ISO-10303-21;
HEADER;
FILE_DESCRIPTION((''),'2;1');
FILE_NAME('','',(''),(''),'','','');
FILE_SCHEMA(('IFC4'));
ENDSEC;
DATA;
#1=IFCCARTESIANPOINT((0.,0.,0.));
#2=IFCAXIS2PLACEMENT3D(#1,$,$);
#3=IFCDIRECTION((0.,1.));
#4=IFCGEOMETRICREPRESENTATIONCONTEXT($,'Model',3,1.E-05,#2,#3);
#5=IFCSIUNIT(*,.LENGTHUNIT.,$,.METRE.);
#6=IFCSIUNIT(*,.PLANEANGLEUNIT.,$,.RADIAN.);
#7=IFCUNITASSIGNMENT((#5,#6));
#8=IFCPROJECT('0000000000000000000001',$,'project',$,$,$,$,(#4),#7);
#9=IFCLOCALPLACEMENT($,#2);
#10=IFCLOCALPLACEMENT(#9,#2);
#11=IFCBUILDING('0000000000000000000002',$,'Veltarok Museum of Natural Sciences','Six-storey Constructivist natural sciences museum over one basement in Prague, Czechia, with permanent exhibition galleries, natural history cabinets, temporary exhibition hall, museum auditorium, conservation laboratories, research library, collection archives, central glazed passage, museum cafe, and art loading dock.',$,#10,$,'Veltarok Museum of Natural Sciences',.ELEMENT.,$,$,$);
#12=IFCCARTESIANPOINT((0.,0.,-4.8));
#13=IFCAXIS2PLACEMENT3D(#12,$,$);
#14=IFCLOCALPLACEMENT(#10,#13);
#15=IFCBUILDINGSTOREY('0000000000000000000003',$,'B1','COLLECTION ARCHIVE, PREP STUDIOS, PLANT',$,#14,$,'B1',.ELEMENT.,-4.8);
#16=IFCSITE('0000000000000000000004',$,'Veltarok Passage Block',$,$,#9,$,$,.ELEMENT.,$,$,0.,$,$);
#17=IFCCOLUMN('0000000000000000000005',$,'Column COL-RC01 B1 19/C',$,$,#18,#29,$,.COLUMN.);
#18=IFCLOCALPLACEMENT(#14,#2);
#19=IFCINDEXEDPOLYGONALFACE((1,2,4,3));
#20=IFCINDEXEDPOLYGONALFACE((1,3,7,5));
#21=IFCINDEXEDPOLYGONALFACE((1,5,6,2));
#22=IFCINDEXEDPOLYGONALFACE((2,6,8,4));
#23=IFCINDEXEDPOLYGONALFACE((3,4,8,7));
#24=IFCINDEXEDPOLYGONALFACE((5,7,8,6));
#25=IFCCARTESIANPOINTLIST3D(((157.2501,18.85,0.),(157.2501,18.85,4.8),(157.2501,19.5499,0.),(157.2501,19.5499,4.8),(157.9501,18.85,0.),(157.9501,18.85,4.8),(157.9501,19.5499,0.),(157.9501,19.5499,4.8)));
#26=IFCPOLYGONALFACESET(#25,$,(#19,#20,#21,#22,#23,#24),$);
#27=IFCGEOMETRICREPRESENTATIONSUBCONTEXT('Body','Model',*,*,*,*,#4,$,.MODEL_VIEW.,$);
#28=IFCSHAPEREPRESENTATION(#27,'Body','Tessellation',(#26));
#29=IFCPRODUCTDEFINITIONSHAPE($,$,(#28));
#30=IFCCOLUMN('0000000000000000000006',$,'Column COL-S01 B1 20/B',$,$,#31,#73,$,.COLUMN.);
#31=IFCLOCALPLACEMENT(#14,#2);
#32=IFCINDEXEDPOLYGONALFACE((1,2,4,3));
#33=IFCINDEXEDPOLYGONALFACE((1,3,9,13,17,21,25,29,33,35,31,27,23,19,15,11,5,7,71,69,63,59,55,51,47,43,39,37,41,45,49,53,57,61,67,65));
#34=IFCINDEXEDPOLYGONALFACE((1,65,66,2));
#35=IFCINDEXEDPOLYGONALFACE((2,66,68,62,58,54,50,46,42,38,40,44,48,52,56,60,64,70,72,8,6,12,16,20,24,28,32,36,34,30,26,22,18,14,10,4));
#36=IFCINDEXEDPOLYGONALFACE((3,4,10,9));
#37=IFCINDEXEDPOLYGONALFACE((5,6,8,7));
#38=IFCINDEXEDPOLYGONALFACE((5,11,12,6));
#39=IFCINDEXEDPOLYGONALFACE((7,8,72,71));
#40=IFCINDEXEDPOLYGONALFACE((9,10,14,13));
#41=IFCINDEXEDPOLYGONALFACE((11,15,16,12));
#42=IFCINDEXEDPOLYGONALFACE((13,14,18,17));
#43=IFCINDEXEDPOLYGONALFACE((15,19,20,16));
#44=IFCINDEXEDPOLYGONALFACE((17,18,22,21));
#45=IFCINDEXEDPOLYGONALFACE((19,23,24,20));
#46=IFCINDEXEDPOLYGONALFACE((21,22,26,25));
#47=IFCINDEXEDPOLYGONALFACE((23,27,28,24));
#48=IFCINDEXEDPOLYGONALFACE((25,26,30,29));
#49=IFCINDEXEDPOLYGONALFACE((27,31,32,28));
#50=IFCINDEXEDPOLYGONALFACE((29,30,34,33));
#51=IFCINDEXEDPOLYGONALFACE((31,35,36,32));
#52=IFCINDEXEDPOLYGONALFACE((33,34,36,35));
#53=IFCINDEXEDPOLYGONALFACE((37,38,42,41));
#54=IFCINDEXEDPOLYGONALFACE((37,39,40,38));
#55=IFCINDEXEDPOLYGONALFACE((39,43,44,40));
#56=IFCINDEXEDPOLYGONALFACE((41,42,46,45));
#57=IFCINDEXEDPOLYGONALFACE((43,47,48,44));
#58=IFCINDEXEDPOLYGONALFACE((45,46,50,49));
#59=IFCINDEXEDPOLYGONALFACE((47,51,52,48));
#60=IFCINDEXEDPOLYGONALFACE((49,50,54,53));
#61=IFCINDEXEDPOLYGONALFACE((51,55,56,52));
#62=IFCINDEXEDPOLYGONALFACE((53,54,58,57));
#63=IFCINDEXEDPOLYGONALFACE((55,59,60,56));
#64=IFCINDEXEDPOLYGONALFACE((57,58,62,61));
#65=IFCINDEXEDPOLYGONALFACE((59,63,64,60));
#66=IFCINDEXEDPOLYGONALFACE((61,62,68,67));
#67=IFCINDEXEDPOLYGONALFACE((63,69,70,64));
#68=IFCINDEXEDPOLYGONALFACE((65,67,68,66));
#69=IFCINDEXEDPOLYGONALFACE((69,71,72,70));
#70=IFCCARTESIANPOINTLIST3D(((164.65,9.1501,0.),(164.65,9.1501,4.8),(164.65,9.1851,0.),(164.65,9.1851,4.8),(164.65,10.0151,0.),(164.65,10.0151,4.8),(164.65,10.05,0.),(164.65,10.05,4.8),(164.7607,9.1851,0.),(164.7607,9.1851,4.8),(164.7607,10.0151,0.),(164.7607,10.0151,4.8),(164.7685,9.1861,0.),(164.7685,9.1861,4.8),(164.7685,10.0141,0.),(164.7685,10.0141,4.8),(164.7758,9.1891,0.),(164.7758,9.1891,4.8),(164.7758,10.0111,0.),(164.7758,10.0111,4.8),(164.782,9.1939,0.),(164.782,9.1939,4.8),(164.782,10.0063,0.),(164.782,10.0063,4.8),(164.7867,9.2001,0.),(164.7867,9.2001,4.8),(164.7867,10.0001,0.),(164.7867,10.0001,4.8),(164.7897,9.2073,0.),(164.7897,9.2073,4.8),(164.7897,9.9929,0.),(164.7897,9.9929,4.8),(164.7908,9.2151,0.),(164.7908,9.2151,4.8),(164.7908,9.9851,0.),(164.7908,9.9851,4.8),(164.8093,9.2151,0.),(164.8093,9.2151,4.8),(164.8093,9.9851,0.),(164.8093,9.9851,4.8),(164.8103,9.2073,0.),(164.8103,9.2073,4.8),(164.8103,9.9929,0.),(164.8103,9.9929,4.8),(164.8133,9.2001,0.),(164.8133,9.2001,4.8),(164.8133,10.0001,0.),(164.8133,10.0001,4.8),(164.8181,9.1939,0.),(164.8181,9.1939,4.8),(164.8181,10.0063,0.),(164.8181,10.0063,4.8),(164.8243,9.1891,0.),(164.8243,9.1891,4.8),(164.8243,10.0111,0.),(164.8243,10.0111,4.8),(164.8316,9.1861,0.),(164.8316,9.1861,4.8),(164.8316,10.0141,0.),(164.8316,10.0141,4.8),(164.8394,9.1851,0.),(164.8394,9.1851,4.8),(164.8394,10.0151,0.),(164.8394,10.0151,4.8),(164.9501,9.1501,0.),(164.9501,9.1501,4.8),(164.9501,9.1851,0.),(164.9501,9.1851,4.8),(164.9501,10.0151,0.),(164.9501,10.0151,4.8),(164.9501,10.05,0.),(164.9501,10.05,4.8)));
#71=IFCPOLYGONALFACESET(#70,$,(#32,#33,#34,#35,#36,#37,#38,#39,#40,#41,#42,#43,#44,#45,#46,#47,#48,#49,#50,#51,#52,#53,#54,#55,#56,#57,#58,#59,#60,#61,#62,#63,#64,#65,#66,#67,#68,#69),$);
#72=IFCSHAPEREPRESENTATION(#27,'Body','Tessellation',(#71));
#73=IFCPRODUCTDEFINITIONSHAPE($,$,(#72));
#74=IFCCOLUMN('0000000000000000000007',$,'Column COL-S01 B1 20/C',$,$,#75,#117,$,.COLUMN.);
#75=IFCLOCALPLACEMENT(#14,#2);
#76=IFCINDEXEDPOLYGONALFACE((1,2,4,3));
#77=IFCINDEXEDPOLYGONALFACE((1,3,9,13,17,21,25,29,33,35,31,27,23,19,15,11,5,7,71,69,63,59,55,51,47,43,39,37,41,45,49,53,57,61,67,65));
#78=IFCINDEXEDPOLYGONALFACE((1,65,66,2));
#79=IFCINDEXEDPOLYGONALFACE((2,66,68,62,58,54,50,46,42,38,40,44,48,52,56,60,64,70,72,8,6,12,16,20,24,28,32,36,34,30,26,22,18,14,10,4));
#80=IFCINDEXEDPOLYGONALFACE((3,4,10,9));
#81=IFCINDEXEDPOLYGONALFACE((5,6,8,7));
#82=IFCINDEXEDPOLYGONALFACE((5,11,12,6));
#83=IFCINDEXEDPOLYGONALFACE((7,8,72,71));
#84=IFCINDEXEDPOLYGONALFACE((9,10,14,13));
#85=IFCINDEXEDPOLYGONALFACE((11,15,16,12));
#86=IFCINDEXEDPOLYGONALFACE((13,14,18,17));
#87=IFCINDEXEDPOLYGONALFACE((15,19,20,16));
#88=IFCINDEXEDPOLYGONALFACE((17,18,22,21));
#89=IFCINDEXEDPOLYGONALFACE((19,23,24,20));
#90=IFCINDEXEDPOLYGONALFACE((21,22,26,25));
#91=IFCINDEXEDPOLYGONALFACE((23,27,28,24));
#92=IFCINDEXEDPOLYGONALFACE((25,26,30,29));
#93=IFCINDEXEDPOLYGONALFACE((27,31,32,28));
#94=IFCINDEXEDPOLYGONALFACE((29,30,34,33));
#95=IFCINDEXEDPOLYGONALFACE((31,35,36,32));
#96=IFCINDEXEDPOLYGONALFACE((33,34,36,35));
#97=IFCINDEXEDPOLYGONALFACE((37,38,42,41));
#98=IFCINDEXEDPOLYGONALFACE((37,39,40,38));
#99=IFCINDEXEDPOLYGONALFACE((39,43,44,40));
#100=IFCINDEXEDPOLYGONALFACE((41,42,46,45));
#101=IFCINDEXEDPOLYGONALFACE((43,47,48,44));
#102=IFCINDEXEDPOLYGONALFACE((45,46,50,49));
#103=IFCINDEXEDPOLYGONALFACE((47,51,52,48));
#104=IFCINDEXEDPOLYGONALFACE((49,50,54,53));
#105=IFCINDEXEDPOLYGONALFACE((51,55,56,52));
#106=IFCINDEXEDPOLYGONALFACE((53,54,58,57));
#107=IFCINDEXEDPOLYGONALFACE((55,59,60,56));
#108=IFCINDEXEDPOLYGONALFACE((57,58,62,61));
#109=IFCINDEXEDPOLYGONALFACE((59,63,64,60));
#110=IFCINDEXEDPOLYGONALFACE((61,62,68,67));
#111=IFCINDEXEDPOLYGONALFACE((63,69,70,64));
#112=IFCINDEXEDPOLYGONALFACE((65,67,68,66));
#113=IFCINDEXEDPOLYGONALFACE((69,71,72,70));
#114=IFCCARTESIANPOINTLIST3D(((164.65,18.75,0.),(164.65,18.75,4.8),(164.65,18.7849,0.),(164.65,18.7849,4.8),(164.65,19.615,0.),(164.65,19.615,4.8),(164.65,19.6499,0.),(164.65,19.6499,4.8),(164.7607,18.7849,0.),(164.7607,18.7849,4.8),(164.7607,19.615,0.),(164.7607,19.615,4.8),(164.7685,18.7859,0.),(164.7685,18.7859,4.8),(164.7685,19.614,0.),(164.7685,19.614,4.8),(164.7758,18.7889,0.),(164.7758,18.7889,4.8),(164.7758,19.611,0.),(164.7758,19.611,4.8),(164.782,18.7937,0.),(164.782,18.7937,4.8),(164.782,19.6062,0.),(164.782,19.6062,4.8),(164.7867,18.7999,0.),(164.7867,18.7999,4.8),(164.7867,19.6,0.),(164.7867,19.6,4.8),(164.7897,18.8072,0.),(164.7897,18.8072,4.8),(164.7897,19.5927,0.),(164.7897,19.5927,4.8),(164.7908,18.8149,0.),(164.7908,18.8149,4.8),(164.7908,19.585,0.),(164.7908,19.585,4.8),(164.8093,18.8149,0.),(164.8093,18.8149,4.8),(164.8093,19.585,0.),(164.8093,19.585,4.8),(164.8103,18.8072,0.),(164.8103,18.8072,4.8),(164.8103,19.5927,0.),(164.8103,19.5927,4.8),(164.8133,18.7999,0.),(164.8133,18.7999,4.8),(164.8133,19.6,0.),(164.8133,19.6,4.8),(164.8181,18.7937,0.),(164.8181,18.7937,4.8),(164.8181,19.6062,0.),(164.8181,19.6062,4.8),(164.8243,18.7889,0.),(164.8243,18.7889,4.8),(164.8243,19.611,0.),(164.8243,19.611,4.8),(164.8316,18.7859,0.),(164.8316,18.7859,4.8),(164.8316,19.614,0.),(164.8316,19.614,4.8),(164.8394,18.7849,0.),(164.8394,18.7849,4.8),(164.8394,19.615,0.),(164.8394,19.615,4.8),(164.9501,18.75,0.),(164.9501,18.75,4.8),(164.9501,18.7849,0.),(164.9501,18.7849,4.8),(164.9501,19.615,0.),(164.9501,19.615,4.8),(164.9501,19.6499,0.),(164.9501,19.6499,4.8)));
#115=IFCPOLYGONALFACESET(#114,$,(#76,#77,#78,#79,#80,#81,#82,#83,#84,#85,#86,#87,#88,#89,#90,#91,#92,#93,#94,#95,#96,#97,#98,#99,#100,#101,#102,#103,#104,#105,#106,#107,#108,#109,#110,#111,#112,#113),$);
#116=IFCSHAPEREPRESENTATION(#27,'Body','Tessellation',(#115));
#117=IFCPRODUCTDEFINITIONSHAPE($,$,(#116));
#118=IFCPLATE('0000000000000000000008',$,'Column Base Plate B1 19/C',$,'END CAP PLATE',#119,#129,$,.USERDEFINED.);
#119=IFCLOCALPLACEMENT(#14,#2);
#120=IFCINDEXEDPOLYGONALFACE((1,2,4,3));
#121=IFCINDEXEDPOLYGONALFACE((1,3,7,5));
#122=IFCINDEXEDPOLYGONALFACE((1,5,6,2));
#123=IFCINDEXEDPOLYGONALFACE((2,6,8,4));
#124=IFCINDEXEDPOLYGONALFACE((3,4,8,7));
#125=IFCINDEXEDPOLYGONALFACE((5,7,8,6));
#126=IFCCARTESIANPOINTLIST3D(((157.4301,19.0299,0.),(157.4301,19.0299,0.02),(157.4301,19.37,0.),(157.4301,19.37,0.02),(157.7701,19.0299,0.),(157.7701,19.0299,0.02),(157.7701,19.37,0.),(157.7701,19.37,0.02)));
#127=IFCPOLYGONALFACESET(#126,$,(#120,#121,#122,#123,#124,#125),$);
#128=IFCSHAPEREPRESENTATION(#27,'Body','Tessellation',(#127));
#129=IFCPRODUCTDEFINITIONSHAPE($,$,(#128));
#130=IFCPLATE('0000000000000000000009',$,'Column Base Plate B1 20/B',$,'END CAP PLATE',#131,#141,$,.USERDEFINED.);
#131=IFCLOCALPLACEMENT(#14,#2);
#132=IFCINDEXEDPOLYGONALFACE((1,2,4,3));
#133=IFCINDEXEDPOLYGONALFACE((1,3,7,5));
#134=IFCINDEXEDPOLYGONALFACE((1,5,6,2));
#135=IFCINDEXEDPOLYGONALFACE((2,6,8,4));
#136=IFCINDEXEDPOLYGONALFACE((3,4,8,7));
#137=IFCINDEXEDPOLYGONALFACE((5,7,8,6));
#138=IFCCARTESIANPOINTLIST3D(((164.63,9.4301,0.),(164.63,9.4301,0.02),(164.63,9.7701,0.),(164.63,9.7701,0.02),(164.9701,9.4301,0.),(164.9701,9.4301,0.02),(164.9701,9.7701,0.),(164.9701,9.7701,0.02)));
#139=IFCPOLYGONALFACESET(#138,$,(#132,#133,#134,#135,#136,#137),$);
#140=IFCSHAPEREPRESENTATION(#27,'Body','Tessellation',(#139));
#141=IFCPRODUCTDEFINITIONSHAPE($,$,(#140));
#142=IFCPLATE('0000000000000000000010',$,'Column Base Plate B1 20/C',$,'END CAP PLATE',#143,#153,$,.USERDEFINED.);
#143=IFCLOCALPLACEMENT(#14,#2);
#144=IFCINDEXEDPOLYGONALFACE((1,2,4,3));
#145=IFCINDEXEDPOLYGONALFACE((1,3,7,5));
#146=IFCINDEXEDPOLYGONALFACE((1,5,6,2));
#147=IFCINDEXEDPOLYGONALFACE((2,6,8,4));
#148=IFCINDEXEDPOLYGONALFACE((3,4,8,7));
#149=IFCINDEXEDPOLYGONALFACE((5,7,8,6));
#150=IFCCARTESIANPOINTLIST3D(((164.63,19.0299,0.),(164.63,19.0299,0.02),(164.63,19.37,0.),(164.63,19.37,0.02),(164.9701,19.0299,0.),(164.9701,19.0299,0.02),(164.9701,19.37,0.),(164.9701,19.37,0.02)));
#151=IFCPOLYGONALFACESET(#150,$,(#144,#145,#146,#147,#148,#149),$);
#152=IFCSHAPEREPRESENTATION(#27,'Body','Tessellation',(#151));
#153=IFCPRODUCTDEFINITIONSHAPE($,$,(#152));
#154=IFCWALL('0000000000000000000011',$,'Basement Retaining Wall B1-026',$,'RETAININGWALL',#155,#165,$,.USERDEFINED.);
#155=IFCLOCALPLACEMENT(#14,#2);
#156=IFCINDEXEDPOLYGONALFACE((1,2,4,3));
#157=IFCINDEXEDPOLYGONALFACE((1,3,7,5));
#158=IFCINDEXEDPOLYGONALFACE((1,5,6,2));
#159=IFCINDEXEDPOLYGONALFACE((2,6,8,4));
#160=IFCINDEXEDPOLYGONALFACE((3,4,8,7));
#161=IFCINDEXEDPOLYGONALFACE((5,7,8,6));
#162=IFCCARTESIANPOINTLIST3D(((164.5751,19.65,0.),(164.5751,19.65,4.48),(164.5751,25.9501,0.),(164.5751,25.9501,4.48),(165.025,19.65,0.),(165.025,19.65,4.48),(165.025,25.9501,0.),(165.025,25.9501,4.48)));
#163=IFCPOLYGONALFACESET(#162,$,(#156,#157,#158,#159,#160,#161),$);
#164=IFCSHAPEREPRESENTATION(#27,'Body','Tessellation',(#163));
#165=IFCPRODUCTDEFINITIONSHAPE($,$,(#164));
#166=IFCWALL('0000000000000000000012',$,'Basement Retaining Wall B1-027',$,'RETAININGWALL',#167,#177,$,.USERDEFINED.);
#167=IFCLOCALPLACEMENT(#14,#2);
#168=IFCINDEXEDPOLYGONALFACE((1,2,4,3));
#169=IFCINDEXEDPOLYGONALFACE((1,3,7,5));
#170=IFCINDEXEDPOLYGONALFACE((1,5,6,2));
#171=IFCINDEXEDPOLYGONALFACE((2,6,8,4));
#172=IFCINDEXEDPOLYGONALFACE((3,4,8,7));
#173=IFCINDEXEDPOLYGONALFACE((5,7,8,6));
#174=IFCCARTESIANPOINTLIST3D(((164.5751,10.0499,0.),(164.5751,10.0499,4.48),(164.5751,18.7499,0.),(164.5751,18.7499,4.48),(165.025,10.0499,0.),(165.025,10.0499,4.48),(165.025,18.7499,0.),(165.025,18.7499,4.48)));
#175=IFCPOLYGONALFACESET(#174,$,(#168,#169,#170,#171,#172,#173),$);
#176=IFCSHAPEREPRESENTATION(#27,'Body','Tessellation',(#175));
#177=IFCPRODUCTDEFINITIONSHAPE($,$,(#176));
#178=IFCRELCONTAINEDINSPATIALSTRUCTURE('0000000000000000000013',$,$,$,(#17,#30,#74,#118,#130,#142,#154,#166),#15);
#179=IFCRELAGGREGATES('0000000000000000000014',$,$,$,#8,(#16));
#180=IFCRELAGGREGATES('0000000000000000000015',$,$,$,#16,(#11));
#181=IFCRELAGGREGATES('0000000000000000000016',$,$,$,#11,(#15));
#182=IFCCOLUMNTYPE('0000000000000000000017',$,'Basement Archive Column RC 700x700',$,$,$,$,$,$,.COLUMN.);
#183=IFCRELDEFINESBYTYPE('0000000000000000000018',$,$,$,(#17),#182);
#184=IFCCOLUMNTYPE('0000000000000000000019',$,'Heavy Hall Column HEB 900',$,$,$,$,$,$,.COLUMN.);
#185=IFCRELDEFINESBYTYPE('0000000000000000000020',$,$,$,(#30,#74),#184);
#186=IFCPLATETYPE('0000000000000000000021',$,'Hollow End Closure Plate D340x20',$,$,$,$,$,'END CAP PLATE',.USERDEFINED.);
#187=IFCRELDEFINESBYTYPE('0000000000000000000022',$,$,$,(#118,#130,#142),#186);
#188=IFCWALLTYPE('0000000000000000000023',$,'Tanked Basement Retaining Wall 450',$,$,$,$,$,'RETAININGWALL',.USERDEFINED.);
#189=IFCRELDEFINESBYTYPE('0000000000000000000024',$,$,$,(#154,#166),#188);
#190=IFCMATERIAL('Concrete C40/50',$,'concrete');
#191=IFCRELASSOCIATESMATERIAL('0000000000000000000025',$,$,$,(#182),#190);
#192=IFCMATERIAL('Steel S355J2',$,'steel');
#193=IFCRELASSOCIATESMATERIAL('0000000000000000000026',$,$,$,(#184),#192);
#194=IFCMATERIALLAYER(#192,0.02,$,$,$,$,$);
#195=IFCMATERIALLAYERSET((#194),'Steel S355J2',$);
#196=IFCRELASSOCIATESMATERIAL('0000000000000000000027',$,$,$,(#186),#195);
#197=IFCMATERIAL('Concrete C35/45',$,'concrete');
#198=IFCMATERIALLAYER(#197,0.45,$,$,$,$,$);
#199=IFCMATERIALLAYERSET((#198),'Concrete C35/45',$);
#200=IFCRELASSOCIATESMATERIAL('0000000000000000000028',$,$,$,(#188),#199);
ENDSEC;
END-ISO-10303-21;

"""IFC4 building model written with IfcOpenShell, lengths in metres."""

from ifc_helpers import new_model, si_unit, direction, frame, frame_2d, origin, origin_2d, place, context, subcontext, project, spatial, rectangle, i_section, extrude, material, layer, layer_set, material_profile, profile_set, type_object, element, save


model = new_model("IFC4")

# Units and contexts
model_context = context("Model", 3, precision=1e-05, world=origin(), true_north=direction((0.0, 1.0)))
body_context = subcontext(model_context, "Body", "Model", "MODEL_VIEW")
ifc_project = project(units=[si_unit("LENGTHUNIT", "METRE"), si_unit("PLANEANGLEUNIT", "RADIAN")], contexts=[model_context])

# Site, building, storey
site_placement = place(None, origin())
site = spatial("IfcSite", under=ifc_project, at=site_placement, Name="Veltarok Passage Block", CompositionType="ELEMENT", RefElevation=0.0)
building_placement = place(site_placement, origin())
building = spatial("IfcBuilding", under=site, at=building_placement, Name="Veltarok Museum of Natural Sciences", Description="Six-storey Constructivist natural sciences museum over one basement in Prague, Czechia, with permanent exhibition galleries, natural history cabinets, temporary exhibition hall, museum auditorium, conservation laboratories, research library, collection archives, central glazed passage, museum cafe, and art loading dock.", LongName="Veltarok Museum of Natural Sciences", CompositionType="ELEMENT")
storey_placement = place(building_placement, frame((0.0, 0.0, -4.8)))
storey = spatial("IfcBuildingStorey", under=building, at=storey_placement, Name="B1", Description="COLLECTION ARCHIVE, PREP STUDIOS, PLANT", LongName="B1", CompositionType="ELEMENT", Elevation=-4.8)

# Shared definitions
ifc_material_1 = material(Name="Concrete C35/45", Category="concrete")

# Columns
ifc_material_2 = material(Name="Concrete C40/50", Category="concrete")
ifc_material_profile_1 = material_profile(ifc_material_2, rectangle(XDim=0.7, YDim=0.7, at=origin_2d()), Name="RC 700x700")
ifc_profile_set_1 = profile_set([ifc_material_profile_1], Name="Concrete C40/50")
column_type_1 = type_object("IfcColumnType", Name="Basement Archive Column RC 700x700", PredefinedType="COLUMN", material=ifc_profile_set_1)
column_placement = place(storey_placement, frame((157.6001, 19.2, 0.0), z_axis=(0.0, 0.0, 1.0), x_axis=(1.0, 0.0, 0.0)))
element("IfcColumn", 1, at=column_placement, inside=storey, type_object=column_type_1, Name="Column COL-RC01 B1 19/C", PredefinedType="COLUMN", context=body_context, shape_type="SweptSolid", body=[
    extrude(rectangle(XDim=0.7, YDim=0.7, at=origin_2d()), origin(), (0.0, 0.0, 1.0), 4.8),
])
ifc_material_3 = material(Name="Steel S355J2", Category="steel")
ifc_material_profile_2 = material_profile(ifc_material_3, i_section(OverallWidth=0.3, OverallDepth=0.8999, WebThickness=0.0186, FlangeThickness=0.0349, FilletRadius=0.03, at=origin_2d()), Name="HEB 900")
ifc_profile_set_2 = profile_set([ifc_material_profile_2], Name="Steel S355J2")
column_type_2 = type_object("IfcColumnType", Name="Heavy Hall Column HEB 900", PredefinedType="COLUMN", material=ifc_profile_set_2)
for number, where, z_axis, x_axis, name in (
    (2, (164.8, 9.6001, 0.0), (0.0, 0.0, 1.0), (1.0, 0.0, 0.0), "Column COL-S01 B1 20/B"),
    (3, (164.8, 19.2, 0.0), (0.0, 0.0, 1.0), (1.0, 0.0, 0.0), "Column COL-S01 B1 20/C"),
):
    element("IfcColumn", number, at=place(storey_placement, frame(where, z_axis=z_axis, x_axis=x_axis)), inside=storey, type_object=column_type_2, Name=name, PredefinedType="COLUMN", context=body_context, shape_type="SweptSolid", body=[
        extrude(i_section(OverallWidth=0.3, OverallDepth=0.8999, WebThickness=0.0186, FlangeThickness=0.0349, FilletRadius=0.03, at=origin_2d()), origin(), (0.0, 0.0, 1.0), 4.8),
    ])

# Plates
ifc_layer_1 = layer(ifc_material_3, 0.02)
ifc_layer_set_1 = layer_set([ifc_layer_1], Name="Steel S355J2")
plate_type = type_object("IfcPlateType", Name="Hollow End Closure Plate D340x20", ElementType="END CAP PLATE", PredefinedType="USERDEFINED", material=ifc_layer_set_1)
for number, where, z_axis, x_axis, name in (
    (4, (157.6001, 19.2, 0.0), (0.0, 0.0, 1.0), (1.0, 0.0, 0.0), "Column Base Plate B1 19/C"),
    (5, (164.8, 9.6001, 0.0), (0.0, 0.0, 1.0), (1.0, 0.0, 0.0), "Column Base Plate B1 20/B"),
    (6, (164.8, 19.2, 0.0), (0.0, 0.0, 1.0), (1.0, 0.0, 0.0), "Column Base Plate B1 20/C"),
):
    element("IfcPlate", number, at=place(storey_placement, frame(where, z_axis=z_axis, x_axis=x_axis)), inside=storey, type_object=plate_type, Name=name, ObjectType="END CAP PLATE", PredefinedType="USERDEFINED", context=body_context, shape_type="SweptSolid", body=[
        extrude(rectangle(XDim=0.3401, YDim=0.3401, at=origin_2d()), origin(), (0.0, 0.0, 1.0), 0.02),
    ])

# Walls
ifc_layer_2 = layer(ifc_material_1, 0.45)
ifc_layer_set_2 = layer_set([ifc_layer_2], Name="Concrete C35/45")
wall_type = type_object("IfcWallType", Name="Tanked Basement Retaining Wall 450", ElementType="RETAININGWALL", PredefinedType="USERDEFINED", material=ifc_layer_set_2)
wall_1_placement = place(storey_placement, frame((164.8, 25.95, 0.0), z_axis=(0.0, 0.0, 1.0), x_axis=(0.0, -1.0, 0.0)))
element("IfcWall", 7, at=wall_1_placement, inside=storey, type_object=wall_type, Name="Basement Retaining Wall B1-026", ObjectType="RETAININGWALL", PredefinedType="USERDEFINED", context=body_context, shape_type="SweptSolid", body=[
    extrude(rectangle(XDim=6.3, YDim=0.45, at=frame_2d((3.1499, 0.0))), origin(), (0.0, 0.0, 1.0), 4.48),
])
wall_2_placement = place(storey_placement, frame((164.8, 18.75, 0.0), z_axis=(0.0, 0.0, 1.0), x_axis=(0.0, -1.0, 0.0)))
element("IfcWall", 8, at=wall_2_placement, inside=storey, type_object=wall_type, Name="Basement Retaining Wall B1-027", ObjectType="RETAININGWALL", PredefinedType="USERDEFINED", context=body_context, shape_type="SweptSolid", body=[
    extrude(rectangle(XDim=8.7, YDim=0.45, at=frame_2d((4.3501, 0.0))), origin(), (0.0, 0.0, 1.0), 4.48),
])

save(model, "model.ifc")
